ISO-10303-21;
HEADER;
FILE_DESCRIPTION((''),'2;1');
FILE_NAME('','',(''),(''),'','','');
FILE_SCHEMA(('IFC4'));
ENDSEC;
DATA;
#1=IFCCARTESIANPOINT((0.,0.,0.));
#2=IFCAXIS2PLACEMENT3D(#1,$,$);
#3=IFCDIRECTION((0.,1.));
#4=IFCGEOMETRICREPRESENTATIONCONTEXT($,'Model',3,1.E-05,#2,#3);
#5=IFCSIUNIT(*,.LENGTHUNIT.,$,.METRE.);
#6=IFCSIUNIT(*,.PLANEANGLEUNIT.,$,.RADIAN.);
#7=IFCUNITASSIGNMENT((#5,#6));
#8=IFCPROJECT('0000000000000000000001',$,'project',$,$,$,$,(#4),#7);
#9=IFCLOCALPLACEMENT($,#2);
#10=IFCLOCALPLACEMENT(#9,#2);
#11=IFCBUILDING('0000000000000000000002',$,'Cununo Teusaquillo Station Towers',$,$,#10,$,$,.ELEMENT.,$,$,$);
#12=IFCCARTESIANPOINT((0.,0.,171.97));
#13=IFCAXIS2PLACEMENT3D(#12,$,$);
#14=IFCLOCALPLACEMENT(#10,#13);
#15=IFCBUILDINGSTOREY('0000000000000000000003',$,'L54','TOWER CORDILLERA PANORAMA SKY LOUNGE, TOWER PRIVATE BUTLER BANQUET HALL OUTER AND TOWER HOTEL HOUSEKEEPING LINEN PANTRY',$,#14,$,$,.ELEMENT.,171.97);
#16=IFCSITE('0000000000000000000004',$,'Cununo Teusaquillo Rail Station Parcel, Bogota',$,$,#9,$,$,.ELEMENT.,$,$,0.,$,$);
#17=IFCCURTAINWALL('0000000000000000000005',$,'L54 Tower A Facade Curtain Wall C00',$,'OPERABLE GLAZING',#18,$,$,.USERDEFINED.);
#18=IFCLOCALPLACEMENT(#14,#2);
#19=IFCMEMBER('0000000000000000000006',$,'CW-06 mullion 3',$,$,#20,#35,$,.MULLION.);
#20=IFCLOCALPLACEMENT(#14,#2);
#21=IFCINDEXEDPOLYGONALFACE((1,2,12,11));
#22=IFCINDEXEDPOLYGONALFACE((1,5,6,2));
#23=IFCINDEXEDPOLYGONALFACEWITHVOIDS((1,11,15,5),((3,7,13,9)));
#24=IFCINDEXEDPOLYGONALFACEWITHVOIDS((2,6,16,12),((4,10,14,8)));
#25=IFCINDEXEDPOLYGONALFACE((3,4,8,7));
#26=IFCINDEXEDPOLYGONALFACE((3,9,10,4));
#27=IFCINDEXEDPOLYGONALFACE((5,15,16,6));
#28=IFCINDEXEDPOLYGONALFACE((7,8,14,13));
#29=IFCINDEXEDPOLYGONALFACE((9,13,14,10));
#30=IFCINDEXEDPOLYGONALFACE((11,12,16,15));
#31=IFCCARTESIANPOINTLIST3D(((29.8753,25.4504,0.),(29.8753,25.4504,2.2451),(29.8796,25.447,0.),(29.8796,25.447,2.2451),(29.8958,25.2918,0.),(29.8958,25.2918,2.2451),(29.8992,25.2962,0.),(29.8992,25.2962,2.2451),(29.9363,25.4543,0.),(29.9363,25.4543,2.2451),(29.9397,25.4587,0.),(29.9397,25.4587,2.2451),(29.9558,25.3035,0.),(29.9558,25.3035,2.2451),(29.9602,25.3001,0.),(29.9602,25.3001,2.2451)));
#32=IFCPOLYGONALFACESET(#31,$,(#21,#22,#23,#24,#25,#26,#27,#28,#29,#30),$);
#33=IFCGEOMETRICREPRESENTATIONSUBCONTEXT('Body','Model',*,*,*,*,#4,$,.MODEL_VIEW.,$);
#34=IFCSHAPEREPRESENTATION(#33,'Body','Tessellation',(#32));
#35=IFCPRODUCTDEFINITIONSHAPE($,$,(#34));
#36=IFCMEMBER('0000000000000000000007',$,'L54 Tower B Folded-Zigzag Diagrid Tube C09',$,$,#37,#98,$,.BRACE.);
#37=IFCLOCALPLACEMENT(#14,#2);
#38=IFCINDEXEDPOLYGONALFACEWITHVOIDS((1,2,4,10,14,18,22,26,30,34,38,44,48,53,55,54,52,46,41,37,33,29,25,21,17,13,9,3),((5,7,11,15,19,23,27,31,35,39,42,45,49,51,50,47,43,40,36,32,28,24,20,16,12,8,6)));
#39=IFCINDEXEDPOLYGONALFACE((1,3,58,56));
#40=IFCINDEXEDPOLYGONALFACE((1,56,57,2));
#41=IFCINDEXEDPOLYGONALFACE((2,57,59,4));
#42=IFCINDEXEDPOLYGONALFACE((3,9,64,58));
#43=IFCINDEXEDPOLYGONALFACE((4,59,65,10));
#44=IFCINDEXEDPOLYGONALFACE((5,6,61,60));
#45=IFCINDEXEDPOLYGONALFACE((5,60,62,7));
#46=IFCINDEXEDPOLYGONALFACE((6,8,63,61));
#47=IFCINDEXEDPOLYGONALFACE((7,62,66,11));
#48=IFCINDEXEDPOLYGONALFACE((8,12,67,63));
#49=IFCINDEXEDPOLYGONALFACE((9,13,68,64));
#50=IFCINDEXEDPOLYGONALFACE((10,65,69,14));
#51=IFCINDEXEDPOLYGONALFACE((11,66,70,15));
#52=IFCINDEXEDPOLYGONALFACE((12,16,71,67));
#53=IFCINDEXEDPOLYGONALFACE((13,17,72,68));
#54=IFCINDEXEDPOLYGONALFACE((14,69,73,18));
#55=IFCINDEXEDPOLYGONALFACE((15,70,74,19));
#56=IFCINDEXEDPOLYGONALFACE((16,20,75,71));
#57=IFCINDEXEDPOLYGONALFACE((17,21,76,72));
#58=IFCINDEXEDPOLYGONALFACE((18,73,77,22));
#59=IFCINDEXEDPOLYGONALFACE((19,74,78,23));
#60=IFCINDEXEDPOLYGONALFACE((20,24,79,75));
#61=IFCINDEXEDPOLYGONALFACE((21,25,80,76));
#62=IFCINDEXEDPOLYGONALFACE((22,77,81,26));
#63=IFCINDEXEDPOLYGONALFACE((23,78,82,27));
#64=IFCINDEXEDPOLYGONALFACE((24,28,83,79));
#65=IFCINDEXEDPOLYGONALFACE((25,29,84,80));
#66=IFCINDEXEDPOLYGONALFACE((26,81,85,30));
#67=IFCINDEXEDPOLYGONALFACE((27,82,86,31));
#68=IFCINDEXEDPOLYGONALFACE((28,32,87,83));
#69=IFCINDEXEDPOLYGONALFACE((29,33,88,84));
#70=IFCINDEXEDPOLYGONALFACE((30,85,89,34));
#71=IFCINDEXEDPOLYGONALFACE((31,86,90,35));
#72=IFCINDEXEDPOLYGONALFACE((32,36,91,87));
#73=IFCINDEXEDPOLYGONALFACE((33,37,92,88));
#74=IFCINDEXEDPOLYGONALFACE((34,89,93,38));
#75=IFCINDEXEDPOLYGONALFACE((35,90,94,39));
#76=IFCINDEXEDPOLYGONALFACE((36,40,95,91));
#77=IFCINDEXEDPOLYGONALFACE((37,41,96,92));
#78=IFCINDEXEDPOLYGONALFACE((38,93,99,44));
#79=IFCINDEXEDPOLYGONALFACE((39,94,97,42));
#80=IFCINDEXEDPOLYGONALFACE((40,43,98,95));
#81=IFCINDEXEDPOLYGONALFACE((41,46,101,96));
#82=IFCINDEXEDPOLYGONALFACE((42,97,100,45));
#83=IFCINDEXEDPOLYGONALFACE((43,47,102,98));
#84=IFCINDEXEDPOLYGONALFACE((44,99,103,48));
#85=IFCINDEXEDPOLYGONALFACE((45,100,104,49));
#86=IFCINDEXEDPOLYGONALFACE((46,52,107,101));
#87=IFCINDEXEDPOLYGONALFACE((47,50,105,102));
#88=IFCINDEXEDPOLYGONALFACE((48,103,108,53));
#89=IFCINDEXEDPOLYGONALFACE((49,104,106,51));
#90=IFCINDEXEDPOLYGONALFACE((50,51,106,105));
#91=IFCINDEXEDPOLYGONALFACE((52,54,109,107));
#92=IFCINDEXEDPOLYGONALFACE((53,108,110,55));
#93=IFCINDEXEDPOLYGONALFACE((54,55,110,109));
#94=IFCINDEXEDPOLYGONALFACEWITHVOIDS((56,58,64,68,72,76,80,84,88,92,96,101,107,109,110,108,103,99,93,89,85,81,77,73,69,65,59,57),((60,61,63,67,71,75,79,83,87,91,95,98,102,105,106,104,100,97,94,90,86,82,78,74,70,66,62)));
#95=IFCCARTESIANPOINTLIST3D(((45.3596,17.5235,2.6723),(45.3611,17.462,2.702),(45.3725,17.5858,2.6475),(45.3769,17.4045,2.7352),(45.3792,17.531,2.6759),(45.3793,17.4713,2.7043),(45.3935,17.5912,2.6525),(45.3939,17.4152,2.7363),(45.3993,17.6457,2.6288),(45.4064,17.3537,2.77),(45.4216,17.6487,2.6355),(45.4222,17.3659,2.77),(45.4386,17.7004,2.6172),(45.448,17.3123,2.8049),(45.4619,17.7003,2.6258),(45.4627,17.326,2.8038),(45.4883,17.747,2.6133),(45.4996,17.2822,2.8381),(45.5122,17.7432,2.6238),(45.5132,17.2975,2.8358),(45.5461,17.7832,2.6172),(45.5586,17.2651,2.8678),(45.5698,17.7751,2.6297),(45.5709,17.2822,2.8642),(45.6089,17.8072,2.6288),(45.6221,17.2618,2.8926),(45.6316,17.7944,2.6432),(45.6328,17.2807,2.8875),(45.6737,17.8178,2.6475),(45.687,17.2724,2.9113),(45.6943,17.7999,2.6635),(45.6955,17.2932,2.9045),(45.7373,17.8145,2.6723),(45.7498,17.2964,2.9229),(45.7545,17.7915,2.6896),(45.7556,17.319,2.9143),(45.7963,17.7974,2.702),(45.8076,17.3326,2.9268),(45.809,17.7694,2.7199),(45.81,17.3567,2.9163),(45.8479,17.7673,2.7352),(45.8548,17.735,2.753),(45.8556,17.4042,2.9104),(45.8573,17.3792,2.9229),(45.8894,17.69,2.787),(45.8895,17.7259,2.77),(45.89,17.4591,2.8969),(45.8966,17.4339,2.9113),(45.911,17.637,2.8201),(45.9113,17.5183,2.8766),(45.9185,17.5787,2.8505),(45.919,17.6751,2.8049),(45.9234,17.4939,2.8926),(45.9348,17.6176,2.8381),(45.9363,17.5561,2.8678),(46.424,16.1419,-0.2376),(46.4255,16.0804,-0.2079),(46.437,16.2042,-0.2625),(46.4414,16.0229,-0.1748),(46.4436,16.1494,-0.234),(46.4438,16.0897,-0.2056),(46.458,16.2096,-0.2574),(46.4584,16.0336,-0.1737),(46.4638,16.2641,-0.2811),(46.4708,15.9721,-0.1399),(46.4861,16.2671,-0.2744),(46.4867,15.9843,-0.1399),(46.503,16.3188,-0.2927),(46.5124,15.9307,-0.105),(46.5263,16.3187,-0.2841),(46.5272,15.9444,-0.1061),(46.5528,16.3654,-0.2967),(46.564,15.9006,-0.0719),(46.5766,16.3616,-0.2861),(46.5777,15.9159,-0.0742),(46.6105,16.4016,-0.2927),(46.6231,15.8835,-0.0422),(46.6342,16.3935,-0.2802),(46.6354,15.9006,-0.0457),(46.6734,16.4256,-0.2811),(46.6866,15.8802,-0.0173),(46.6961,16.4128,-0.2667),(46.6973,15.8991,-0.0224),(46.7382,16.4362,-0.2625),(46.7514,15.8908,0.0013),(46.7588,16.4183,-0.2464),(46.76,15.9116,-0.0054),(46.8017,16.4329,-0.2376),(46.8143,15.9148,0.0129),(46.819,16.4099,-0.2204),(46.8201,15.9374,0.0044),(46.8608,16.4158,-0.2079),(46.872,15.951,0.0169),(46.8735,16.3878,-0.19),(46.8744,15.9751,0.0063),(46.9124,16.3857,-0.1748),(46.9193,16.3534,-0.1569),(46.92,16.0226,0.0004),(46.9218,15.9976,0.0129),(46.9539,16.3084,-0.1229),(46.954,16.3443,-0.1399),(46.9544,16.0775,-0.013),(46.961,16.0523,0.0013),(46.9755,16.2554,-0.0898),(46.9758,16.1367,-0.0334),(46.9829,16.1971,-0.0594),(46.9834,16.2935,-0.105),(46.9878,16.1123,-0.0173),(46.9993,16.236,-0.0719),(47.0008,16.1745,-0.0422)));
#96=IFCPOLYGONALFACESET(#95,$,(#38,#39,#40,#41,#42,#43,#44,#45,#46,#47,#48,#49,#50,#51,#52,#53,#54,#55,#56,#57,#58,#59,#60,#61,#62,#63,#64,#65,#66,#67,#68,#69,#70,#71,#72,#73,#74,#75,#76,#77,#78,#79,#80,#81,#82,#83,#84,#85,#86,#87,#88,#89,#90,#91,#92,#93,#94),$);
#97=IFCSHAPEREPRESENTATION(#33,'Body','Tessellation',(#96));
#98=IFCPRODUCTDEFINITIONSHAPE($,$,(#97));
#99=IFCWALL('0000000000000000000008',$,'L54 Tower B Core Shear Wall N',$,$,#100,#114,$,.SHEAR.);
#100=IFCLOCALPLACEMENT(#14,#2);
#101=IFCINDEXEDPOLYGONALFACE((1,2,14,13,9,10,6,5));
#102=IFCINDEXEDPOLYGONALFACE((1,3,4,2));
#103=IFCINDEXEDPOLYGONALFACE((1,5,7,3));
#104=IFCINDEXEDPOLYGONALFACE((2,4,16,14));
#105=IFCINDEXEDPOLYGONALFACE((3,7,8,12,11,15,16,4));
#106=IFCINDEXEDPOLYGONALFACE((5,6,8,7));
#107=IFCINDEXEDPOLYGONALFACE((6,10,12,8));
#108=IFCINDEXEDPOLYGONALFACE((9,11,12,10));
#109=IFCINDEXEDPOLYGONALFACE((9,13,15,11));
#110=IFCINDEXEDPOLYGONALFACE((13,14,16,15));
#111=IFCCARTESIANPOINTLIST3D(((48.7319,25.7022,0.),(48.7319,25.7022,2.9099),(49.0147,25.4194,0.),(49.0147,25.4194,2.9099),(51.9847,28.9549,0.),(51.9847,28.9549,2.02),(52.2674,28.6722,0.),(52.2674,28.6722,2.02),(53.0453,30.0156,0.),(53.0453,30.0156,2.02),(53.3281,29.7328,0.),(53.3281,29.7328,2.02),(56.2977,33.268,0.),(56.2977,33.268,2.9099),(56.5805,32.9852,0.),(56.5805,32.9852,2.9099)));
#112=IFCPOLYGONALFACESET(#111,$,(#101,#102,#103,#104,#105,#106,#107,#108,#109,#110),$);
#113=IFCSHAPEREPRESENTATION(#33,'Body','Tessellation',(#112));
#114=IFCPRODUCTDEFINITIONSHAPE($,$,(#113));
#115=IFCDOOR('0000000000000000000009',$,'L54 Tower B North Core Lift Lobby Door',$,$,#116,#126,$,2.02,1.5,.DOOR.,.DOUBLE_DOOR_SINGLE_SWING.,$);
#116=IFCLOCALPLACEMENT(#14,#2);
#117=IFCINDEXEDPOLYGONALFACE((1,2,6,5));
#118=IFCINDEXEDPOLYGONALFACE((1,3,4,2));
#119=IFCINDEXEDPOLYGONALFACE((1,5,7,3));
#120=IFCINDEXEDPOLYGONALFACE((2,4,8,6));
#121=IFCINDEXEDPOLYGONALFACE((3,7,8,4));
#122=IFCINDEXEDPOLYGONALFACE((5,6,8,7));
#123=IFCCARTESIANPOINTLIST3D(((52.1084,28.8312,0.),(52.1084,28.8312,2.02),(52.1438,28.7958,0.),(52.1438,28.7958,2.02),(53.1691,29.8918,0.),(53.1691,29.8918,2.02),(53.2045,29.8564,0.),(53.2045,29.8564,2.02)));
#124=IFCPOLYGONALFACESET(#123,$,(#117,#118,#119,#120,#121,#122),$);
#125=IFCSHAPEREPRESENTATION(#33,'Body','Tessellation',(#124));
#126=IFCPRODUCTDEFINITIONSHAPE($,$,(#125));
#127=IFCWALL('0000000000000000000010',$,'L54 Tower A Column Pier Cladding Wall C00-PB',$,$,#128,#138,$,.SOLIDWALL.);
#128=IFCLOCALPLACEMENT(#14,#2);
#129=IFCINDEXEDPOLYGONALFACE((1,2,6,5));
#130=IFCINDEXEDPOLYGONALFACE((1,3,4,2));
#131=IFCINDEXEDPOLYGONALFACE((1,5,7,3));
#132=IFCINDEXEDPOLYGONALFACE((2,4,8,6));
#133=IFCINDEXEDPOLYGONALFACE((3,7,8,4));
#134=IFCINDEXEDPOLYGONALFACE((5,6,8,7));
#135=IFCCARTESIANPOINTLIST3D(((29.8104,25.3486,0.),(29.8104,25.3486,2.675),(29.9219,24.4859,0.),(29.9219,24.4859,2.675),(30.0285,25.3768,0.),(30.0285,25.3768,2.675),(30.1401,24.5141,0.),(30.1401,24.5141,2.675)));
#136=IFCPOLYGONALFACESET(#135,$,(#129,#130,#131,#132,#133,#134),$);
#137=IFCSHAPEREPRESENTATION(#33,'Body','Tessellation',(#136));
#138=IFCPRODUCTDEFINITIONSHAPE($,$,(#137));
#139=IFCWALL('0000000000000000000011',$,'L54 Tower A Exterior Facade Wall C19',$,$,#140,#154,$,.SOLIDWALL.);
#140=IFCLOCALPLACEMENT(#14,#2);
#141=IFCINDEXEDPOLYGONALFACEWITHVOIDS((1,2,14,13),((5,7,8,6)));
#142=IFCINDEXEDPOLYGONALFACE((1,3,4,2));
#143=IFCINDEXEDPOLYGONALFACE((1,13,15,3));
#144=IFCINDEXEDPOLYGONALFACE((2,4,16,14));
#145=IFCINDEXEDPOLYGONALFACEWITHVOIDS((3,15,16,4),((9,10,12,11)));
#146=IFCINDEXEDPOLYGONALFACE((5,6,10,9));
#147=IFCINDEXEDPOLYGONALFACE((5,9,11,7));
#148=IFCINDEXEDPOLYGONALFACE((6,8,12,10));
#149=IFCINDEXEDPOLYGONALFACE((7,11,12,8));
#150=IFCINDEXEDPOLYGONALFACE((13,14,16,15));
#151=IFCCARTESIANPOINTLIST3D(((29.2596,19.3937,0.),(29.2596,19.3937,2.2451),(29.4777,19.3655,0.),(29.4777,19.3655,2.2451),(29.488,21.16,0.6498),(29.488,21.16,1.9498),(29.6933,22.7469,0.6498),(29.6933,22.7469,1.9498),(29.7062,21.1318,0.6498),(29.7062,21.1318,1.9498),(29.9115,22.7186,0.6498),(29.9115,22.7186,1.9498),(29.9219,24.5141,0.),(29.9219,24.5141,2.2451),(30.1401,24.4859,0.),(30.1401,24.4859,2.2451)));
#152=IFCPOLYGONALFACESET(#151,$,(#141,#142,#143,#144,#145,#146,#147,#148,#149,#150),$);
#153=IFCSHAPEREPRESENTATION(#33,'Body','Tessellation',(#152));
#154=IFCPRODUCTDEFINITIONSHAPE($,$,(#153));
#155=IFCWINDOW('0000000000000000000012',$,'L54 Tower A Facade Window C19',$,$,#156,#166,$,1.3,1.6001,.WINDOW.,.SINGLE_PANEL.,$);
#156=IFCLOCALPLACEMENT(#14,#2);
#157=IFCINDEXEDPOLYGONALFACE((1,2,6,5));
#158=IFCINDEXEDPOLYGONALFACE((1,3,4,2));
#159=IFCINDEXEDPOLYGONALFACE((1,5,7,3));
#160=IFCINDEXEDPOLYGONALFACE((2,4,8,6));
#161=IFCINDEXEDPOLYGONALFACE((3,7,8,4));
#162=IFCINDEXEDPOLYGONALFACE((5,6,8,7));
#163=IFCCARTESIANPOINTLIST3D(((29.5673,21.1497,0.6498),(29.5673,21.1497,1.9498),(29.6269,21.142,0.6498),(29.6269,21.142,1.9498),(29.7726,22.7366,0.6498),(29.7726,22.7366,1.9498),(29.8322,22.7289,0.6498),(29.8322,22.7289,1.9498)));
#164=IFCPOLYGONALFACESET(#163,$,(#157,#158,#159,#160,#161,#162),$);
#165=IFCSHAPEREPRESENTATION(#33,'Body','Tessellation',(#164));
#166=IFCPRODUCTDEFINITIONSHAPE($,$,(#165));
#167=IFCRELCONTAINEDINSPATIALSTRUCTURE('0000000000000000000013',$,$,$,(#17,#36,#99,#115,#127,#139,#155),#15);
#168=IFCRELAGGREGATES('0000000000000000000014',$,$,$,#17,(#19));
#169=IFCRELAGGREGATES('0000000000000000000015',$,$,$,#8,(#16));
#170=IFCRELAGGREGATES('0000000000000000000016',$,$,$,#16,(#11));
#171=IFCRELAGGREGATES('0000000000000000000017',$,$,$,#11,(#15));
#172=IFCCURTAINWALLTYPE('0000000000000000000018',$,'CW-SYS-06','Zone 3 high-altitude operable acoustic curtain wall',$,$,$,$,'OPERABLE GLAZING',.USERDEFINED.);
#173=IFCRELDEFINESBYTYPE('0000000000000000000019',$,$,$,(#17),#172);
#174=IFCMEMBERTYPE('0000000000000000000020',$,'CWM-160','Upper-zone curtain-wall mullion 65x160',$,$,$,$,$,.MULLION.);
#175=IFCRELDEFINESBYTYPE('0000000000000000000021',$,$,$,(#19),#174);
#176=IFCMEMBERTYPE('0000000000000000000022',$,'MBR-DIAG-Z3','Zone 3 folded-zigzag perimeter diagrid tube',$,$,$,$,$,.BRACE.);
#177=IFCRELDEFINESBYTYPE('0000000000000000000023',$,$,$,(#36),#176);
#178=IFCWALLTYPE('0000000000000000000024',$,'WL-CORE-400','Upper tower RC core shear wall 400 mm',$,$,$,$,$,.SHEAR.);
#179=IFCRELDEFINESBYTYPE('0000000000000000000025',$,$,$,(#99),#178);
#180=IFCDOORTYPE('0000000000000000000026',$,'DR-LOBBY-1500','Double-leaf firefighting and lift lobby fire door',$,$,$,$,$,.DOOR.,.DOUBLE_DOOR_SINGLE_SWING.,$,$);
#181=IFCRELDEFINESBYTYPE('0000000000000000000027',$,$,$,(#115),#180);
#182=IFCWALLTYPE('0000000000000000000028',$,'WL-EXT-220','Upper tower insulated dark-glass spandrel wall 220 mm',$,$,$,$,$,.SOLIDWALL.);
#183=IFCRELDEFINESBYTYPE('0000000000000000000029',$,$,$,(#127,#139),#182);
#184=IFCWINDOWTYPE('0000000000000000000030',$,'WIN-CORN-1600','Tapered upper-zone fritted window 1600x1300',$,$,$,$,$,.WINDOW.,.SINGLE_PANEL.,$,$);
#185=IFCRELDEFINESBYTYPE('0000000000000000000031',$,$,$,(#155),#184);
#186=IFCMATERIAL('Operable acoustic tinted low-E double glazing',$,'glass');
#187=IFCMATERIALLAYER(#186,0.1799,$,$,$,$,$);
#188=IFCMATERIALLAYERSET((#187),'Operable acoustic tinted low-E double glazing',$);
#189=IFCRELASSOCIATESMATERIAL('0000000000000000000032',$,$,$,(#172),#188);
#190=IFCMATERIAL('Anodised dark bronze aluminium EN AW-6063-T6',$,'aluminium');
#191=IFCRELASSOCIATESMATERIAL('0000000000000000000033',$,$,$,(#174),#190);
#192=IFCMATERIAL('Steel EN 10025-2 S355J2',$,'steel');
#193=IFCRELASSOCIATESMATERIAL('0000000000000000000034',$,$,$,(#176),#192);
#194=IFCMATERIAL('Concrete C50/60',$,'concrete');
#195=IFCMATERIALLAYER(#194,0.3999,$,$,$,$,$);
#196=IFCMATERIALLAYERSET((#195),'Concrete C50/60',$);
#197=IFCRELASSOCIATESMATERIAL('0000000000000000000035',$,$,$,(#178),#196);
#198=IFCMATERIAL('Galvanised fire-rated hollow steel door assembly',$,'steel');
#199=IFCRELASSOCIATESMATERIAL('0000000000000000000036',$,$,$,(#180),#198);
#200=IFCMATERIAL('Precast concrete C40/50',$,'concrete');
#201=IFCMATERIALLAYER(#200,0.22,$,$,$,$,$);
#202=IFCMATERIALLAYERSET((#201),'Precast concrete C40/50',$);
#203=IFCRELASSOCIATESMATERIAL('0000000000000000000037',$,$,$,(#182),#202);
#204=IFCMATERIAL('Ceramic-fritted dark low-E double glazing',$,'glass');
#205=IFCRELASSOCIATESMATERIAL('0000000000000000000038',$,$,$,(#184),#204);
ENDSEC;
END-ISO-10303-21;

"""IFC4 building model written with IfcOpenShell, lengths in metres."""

from ifc_helpers import new_model, si_unit, direction, frame, frame_2d, origin, origin_2d, place, context, subcontext, project, spatial, rectangle, hollow_rectangle, hollow_circle, extrude, source, transform, mapped, material, layer, layer_set, material_profile, profile_set, type_object, element, fill, aggregate, save


model = new_model("IFC4")

# Units and contexts
model_context = context("Model", 3, precision=1e-05, world=origin(), true_north=direction((0.0, 1.0)))
body_context = subcontext(model_context, "Body", "Model", "MODEL_VIEW")
ifc_project = project(units=[si_unit("LENGTHUNIT", "METRE"), si_unit("PLANEANGLEUNIT", "RADIAN")], contexts=[model_context])

# Site, building, storey
site_placement = place(None, origin())
site = spatial("IfcSite", under=ifc_project, at=site_placement, Name="Cununo Teusaquillo Rail Station Parcel, Bogota", CompositionType="ELEMENT", RefElevation=0.0)
building_placement = place(site_placement, origin())
building = spatial("IfcBuilding", under=site, at=building_placement, Name="Cununo Teusaquillo Station Towers", CompositionType="ELEMENT")
storey_placement = place(building_placement, frame((0.0, 0.0, 171.97)))
storey = spatial("IfcBuildingStorey", under=building, at=storey_placement, Name="L54", Description="TOWER CORDILLERA PANORAMA SKY LOUNGE, TOWER PRIVATE BUTLER BANQUET HALL OUTER AND TOWER HOTEL HOUSEKEEPING LINEN PANTRY", CompositionType="ELEMENT", Elevation=171.97)

# Curtain wall, member
ifc_material_1 = material(Name="Operable acoustic tinted low-E double glazing", Category="glass")
ifc_layer_1 = layer(ifc_material_1, 0.1799)
ifc_layer_set_1 = layer_set([ifc_layer_1], Name="Operable acoustic tinted low-E double glazing")
curtain_wall_type = type_object("IfcCurtainWallType", Name="CW-SYS-06", Description="Zone 3 high-altitude operable acoustic curtain wall", ElementType="OPERABLE GLAZING", PredefinedType="USERDEFINED", material=ifc_layer_set_1)
curtain_wall_placement = place(storey_placement, origin())
curtain_wall = element("IfcCurtainWall", 1, at=curtain_wall_placement, inside=storey, type_object=curtain_wall_type, Name="L54 Tower A Facade Curtain Wall C00", ObjectType="OPERABLE GLAZING", PredefinedType="USERDEFINED")
ifc_material_2 = material(Name="Anodised dark bronze aluminium EN AW-6063-T6", Category="aluminium")
ifc_material_profile_1 = material_profile(ifc_material_2, hollow_rectangle(XDim=0.0649, YDim=0.1599, WallThickness=0.0039, at=origin_2d()), Name="CW-MULL-65x160")
ifc_profile_set_1 = profile_set([ifc_material_profile_1], Name="Anodised dark bronze aluminium EN AW-6063-T6")
member_type_1 = type_object("IfcMemberType", Name="CWM-160", Description="Upper-zone curtain-wall mullion 65x160", PredefinedType="MULLION", material=ifc_profile_set_1)
member_1_placement = place(storey_placement, frame((29.9177, 25.3752, 0.0), z_axis=(0.0, 0.0, 1.0), x_axis=(0.991737, 0.128285, 0.0)))
member_1 = element("IfcMember", 2, at=member_1_placement, type_object=member_type_1, Name="CW-06 mullion 3", PredefinedType="MULLION", context=body_context, shape_type="SweptSolid", body=[
    extrude(hollow_rectangle(XDim=0.0649, YDim=0.1599, WallThickness=0.0039, at=origin_2d()), origin(), (0.0, 0.0, 1.0), 2.2451),
])
aggregate(curtain_wall, [member_1])

# Member
ifc_material_3 = material(Name="Steel EN 10025-2 S355J2", Category="steel")
ifc_material_profile_2 = material_profile(ifc_material_3, hollow_circle(Radius=0.3049, WallThickness=0.02, at=origin_2d()), Name="CHS 610x20")
ifc_profile_set_2 = profile_set([ifc_material_profile_2], Name="Steel EN 10025-2 S355J2")
member_type_2 = type_object("IfcMemberType", Name="MBR-DIAG-Z3", Description="Zone 3 folded-zigzag perimeter diagrid tube", PredefinedType="BRACE", material=ifc_profile_set_2)
member_2_placement = place(storey_placement, frame((46.7124, 16.1582, -0.1399), z_axis=(-0.313761, 0.407242, 0.857734), x_axis=(-0.792155, -0.610319, 0.0)))
element("IfcMember", 3, at=member_2_placement, inside=storey, type_object=member_type_2, Name="L54 Tower B Folded-Zigzag Diagrid Tube C09", PredefinedType="BRACE", context=body_context, shape_type="SweptSolid", body=[
    extrude(hollow_circle(Radius=0.3049, WallThickness=0.02, at=origin_2d()), origin(), (0.0, 0.0, 1.0), 3.3926),
])

# Wall, opening, door
ifc_material_4 = material(Name="Concrete C50/60", Category="concrete")
ifc_layer_2 = layer(ifc_material_4, 0.3999)
ifc_layer_set_2 = layer_set([ifc_layer_2], Name="Concrete C50/60")
wall_type_1 = type_object("IfcWallType", Name="WL-CORE-400", Description="Upper tower RC core shear wall 400 mm", PredefinedType="SHEAR", material=ifc_layer_set_2)
wall_1_placement = place(storey_placement, frame((48.8733, 25.5608, 0.0), z_axis=(0.0, 0.0, 1.0), x_axis=(0.707107, 0.707107, 0.0)))
wall_1 = element("IfcWall", 4, at=wall_1_placement, inside=storey, type_object=wall_type_1, Name="L54 Tower B Core Shear Wall N", PredefinedType="SHEAR", context=body_context, shape_type="SweptSolid", body=[
    extrude(rectangle(XDim=10.6997, YDim=0.3999, at=frame_2d((5.3499, 0.0))), origin(), (0.0, 0.0, 1.0), 2.9099),
])
shared_shape_1 = source(origin(), body_context, "Body", "SweptSolid", [
    extrude(rectangle(XDim=1.5, YDim=2.02, at=frame_2d((0.75, 1.01))), frame((0.0, 0.21, 0.0), z_axis=(0.0, -1.0, 0.0), x_axis=(1.0, 0.0, 0.0)), (0.0, 0.0, 1.0), 0.4199),
])
opening_1_placement = place(wall_1_placement, frame((4.6001, 0.0, 0.0)))
opening_1 = element("IfcOpeningElement", 5, at=opening_1_placement, cuts=wall_1, PredefinedType="OPENING", context=body_context, shape_type="MappedRepresentation", body=[
    mapped(shared_shape_1, transform((0.0, 0.0, 0.0), x_axis=(1.0, 0.0, 0.0), y_axis=(0.0, 1.0, 0.0), z_axis=(0.0, 0.0, 1.0), scale=1.0)),
])
ifc_material_5 = material(Name="Galvanised fire-rated hollow steel door assembly", Category="steel")
door_type_1 = type_object("IfcDoorType", Name="DR-LOBBY-1500", Description="Double-leaf firefighting and lift lobby fire door", OperationType="DOUBLE_DOOR_SINGLE_SWING", PredefinedType="DOOR", material=ifc_material_5)
shared_shape_2 = source(origin(), body_context, "Body", "SweptSolid", [
    extrude(rectangle(XDim=1.5, YDim=2.02, at=frame_2d((0.75, 1.01))), frame((0.0, 0.0249, 0.0), z_axis=(0.0, -1.0, 0.0), x_axis=(1.0, 0.0, 0.0)), (0.0, 0.0, 1.0), 0.05),
])
door_1_placement = place(opening_1_placement, origin())
door_1 = element("IfcDoor", 6, at=door_1_placement, inside=storey, type_object=door_type_1, Name="L54 Tower B North Core Lift Lobby Door", OperationType="DOUBLE_DOOR_SINGLE_SWING", OverallHeight=2.02, OverallWidth=1.5, PredefinedType="DOOR", context=body_context, shape_type="MappedRepresentation", body=[
    mapped(shared_shape_2, transform((0.0, 0.0, 0.0), x_axis=(1.0, 0.0, 0.0), y_axis=(0.0, 1.0, 0.0), z_axis=(0.0, 0.0, 1.0), scale=1.0)),
])
fill(opening_1, door_1)

# Wall
ifc_material_6 = material(Name="Precast concrete C40/50", Category="concrete")
ifc_layer_3 = layer(ifc_material_6, 0.22)
ifc_layer_set_3 = layer_set([ifc_layer_3], Name="Precast concrete C40/50")
wall_type_2 = type_object("IfcWallType", Name="WL-EXT-220", Description="Upper tower insulated dark-glass spandrel wall 220 mm", PredefinedType="SOLIDWALL", material=ifc_layer_set_3)
wall_2_placement = place(storey_placement, frame((29.9194, 25.3628, 0.0), z_axis=(0.0, 0.0, 1.0), x_axis=(0.128247, -0.991742, 0.0)))
element("IfcWall", 7, at=wall_2_placement, inside=storey, type_object=wall_type_2, Name="L54 Tower A Column Pier Cladding Wall C00-PB", PredefinedType="SOLIDWALL", context=body_context, shape_type="SweptSolid", body=[
    extrude(rectangle(XDim=0.8699, YDim=0.22, at=frame_2d((0.4351, 0.0))), origin(), (0.0, 0.0, 1.0), 2.675),
])

# Wall, opening, window
wall_3_placement = place(storey_placement, frame((30.031, 24.5, 0.0), z_axis=(0.0, 0.0, 1.0), x_axis=(-0.128288, -0.991737, 0.0)))
wall_3 = element("IfcWall", 8, at=wall_3_placement, inside=storey, type_object=wall_type_2, Name="L54 Tower A Exterior Facade Wall C19", PredefinedType="SOLIDWALL", context=body_context, shape_type="SweptSolid", body=[
    extrude(rectangle(XDim=5.1631, YDim=0.22, at=frame_2d((2.5815, 0.0))), origin(), (0.0, 0.0, 1.0), 2.2451),
])
shared_shape_3 = source(origin(), body_context, "Body", "SweptSolid", [
    extrude(rectangle(XDim=1.6001, YDim=1.3, at=frame_2d((0.8, 0.6499))), frame((0.0, 0.1199, 0.0), z_axis=(0.0, -1.0, 0.0), x_axis=(1.0, 0.0, 0.0)), (0.0, 0.0, 1.0), 0.24),
])
opening_2_placement = place(wall_3_placement, frame((1.782, 0.0, 0.6499)))
opening_2 = element("IfcOpeningElement", 9, at=opening_2_placement, cuts=wall_3, PredefinedType="OPENING", context=body_context, shape_type="MappedRepresentation", body=[
    mapped(shared_shape_3, transform((0.0, 0.0, 0.0), x_axis=(1.0, 0.0, 0.0), y_axis=(0.0, 1.0, 0.0), z_axis=(0.0, 0.0, 1.0), scale=1.0)),
])
ifc_material_7 = material(Name="Ceramic-fritted dark low-E double glazing", Category="glass")
window_type = type_object("IfcWindowType", Name="WIN-CORN-1600", Description="Tapered upper-zone fritted window 1600x1300", PartitioningType="SINGLE_PANEL", PredefinedType="WINDOW", material=ifc_material_7)
shared_shape_4 = source(origin(), body_context, "Body", "SweptSolid", [
    extrude(rectangle(XDim=1.6001, YDim=1.3, at=frame_2d((0.8, 0.6499))), frame((0.0, 0.03, 0.0), z_axis=(0.0, -1.0, 0.0), x_axis=(1.0, 0.0, 0.0)), (0.0, 0.0, 1.0), 0.0601),
])
window_1_placement = place(opening_2_placement, origin())
window_1 = element("IfcWindow", 10, at=window_1_placement, inside=storey, type_object=window_type, Name="L54 Tower A Facade Window C19", OverallHeight=1.3, OverallWidth=1.6001, PartitioningType="SINGLE_PANEL", PredefinedType="WINDOW", context=body_context, shape_type="MappedRepresentation", body=[
    mapped(shared_shape_4, transform((0.0, 0.0, 0.0), x_axis=(1.0, 0.0, 0.0), y_axis=(0.0, 1.0, 0.0), z_axis=(0.0, 0.0, 1.0), scale=1.0)),
])
fill(opening_2, window_1)

save(model, "model.ifc")
